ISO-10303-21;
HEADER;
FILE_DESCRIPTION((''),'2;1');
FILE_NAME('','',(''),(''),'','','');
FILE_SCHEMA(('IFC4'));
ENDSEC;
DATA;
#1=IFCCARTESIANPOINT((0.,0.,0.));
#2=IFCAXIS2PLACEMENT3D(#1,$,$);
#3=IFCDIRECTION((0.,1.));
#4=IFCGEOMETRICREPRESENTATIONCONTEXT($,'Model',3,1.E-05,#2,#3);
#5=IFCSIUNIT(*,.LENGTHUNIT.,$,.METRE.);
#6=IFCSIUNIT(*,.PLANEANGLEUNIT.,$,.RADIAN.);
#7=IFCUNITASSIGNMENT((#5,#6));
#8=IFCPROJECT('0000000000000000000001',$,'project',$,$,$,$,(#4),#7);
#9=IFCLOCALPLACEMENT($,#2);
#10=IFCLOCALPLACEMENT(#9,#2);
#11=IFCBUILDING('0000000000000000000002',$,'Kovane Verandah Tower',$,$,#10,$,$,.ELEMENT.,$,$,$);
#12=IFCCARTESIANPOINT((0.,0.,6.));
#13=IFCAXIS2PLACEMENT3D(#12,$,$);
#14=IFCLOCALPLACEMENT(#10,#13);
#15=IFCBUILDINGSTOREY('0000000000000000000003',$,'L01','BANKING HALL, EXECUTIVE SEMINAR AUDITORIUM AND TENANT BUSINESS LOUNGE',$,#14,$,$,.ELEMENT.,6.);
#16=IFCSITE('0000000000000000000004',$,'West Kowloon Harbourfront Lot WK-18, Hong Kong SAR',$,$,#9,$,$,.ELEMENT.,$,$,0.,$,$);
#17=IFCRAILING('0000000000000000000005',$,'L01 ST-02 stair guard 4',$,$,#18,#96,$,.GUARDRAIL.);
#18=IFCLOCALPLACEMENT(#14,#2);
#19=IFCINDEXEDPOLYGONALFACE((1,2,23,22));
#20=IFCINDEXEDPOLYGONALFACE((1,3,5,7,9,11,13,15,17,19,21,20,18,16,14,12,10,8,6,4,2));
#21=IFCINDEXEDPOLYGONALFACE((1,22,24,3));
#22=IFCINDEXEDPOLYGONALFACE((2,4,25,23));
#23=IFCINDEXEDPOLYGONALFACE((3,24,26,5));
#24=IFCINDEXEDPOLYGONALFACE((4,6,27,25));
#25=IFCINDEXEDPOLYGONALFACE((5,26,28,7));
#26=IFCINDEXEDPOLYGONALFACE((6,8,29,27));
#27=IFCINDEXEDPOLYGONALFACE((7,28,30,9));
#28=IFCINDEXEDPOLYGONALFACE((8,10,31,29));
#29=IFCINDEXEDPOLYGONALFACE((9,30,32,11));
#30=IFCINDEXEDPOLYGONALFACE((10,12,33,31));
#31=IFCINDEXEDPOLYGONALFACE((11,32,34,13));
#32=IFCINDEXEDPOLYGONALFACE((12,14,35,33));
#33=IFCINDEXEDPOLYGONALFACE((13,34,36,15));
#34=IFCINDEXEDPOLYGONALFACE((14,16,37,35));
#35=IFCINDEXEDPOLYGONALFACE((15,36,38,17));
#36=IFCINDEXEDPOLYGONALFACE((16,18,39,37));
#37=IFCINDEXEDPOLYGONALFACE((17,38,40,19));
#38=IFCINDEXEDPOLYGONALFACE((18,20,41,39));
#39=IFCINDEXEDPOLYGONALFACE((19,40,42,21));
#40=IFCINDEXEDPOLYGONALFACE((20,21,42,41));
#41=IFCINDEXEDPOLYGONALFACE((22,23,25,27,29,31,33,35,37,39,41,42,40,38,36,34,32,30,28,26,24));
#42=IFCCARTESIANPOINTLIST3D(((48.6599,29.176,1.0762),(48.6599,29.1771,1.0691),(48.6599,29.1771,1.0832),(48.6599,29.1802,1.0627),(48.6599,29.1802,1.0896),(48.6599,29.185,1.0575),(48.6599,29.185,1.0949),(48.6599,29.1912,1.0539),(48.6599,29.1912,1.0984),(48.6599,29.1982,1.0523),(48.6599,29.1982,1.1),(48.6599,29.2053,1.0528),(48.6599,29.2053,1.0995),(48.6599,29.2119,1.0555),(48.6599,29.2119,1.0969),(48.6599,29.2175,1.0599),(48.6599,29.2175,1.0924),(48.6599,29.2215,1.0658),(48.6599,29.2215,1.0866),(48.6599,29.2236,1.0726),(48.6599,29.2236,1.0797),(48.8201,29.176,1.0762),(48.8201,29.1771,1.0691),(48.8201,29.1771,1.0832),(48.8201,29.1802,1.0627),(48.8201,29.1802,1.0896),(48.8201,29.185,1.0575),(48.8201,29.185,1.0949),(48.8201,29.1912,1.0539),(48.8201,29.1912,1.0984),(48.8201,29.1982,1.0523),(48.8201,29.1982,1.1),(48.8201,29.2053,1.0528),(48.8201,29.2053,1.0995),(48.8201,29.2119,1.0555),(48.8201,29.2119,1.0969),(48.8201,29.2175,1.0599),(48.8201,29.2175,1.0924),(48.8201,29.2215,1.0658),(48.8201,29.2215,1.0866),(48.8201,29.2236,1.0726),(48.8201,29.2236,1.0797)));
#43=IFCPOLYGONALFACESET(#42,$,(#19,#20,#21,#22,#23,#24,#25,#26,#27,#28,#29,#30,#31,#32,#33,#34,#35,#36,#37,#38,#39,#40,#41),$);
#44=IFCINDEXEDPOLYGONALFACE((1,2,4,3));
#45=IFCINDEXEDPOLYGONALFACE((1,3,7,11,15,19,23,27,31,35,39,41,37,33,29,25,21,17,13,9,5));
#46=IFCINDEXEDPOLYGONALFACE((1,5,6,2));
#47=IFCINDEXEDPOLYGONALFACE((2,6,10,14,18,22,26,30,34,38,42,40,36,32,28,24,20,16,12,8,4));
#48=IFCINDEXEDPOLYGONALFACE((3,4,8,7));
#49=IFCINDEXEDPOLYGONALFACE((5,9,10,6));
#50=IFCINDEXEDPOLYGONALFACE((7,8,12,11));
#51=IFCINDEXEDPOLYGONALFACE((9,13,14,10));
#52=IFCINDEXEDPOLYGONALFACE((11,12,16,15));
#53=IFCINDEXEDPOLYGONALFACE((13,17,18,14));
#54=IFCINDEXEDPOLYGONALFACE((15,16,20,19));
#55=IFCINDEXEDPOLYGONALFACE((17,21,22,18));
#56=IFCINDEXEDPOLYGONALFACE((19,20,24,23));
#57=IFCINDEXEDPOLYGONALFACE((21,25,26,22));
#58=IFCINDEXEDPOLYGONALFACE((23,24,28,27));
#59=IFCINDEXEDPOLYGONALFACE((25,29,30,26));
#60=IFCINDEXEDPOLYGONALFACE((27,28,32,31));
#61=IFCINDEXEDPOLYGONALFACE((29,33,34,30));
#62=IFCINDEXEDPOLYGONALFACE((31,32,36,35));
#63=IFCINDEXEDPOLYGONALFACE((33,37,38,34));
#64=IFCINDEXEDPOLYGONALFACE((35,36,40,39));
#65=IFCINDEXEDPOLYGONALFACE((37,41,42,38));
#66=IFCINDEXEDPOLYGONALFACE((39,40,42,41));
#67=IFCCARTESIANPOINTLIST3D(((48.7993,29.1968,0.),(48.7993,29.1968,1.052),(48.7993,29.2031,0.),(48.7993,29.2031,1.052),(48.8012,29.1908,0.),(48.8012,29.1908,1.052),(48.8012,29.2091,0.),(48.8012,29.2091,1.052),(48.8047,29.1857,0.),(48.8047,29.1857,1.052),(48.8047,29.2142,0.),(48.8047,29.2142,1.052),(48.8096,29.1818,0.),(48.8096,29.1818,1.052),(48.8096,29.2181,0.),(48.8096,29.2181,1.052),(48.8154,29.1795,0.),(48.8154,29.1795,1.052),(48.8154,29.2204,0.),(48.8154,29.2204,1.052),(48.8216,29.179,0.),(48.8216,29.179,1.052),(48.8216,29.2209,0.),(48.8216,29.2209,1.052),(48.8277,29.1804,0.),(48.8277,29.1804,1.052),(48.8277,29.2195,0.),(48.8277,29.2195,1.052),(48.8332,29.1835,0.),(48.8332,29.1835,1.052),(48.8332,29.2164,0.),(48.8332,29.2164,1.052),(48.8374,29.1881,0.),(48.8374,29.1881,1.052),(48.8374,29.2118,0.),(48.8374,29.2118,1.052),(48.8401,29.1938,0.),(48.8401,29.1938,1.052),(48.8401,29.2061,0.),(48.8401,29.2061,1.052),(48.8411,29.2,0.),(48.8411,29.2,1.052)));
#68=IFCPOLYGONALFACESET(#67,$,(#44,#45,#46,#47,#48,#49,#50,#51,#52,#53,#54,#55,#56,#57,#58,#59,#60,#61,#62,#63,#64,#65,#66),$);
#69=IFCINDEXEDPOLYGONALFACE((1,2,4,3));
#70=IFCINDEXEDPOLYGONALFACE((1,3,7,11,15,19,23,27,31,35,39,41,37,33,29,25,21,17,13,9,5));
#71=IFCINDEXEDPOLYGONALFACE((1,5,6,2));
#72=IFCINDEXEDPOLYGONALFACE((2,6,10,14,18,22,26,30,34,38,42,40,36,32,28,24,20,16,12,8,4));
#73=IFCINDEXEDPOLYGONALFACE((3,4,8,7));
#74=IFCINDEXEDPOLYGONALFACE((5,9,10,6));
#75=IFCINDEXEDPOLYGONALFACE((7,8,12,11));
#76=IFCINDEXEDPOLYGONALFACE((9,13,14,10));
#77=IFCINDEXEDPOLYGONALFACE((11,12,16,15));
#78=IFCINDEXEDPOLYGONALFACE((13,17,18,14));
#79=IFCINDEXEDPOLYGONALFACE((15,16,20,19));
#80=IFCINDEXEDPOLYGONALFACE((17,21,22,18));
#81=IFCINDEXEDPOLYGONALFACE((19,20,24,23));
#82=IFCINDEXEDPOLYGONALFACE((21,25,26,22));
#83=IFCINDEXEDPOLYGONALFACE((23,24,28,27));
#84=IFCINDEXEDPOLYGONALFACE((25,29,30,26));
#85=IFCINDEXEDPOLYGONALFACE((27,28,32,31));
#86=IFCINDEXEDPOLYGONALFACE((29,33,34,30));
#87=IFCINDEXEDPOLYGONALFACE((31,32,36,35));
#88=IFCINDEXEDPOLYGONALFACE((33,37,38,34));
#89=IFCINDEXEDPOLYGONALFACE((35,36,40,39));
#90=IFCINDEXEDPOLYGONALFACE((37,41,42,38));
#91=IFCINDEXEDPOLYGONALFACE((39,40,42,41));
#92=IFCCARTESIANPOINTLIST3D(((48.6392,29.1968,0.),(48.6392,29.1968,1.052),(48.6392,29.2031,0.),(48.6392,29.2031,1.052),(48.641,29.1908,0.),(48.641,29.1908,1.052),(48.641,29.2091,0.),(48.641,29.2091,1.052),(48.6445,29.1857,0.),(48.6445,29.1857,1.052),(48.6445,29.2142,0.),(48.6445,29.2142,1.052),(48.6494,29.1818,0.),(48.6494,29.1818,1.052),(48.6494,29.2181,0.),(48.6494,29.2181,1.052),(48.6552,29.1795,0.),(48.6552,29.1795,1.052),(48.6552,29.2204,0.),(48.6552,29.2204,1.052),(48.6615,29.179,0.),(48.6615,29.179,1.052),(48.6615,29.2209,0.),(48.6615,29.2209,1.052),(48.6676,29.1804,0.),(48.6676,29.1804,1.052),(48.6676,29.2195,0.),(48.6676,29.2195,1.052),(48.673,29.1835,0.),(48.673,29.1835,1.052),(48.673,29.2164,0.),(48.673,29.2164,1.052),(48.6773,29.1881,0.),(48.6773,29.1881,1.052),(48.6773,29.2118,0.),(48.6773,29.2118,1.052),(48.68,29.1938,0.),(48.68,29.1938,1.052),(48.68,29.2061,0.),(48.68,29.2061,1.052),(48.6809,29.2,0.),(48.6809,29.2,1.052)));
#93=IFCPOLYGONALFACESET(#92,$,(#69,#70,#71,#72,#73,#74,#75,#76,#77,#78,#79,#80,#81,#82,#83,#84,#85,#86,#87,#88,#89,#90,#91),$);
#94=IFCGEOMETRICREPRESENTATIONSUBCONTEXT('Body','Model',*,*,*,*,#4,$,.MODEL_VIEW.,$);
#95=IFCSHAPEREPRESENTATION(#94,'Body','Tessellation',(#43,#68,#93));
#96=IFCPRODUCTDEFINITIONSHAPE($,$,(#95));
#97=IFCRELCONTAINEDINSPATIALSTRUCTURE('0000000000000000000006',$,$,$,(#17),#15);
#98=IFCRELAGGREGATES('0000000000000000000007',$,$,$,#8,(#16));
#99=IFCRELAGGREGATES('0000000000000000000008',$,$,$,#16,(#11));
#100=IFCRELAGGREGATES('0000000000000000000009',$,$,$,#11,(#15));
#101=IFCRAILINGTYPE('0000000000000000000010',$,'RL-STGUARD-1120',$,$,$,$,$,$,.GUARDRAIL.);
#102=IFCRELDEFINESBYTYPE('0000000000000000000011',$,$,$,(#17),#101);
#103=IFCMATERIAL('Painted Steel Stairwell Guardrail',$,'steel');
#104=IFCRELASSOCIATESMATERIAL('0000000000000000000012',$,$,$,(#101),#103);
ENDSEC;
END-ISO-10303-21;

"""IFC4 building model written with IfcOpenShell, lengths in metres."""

from ifc_helpers import new_model, si_unit, direction, frame, origin, origin_2d, place, context, subcontext, project, spatial, circle, extrude, material, type_object, element, save


model = new_model("IFC4")

# Units and contexts
model_context = context("Model", 3, precision=1e-05, world=origin(), true_north=direction((0.0, 1.0)))
body_context = subcontext(model_context, "Body", "Model", "MODEL_VIEW")
ifc_project = project(units=[si_unit("LENGTHUNIT", "METRE"), si_unit("PLANEANGLEUNIT", "RADIAN")], contexts=[model_context])

# Site, building, storey
site_placement = place(None, origin())
site = spatial("IfcSite", under=ifc_project, at=site_placement, Name="West Kowloon Harbourfront Lot WK-18, Hong Kong SAR", CompositionType="ELEMENT", RefElevation=0.0)
building_placement = place(site_placement, origin())
building = spatial("IfcBuilding", under=site, at=building_placement, Name="Kovane Verandah Tower", CompositionType="ELEMENT")
storey_placement = place(building_placement, frame((0.0, 0.0, 6.0)))
storey = spatial("IfcBuildingStorey", under=building, at=storey_placement, Name="L01", Description="BANKING HALL, EXECUTIVE SEMINAR AUDITORIUM AND TENANT BUSINESS LOUNGE", CompositionType="ELEMENT", Elevation=6.0)

# Railing
ifc_material_1 = material(Name="Painted Steel Stairwell Guardrail", Category="steel")
railing_type_1 = type_object("IfcRailingType", Name="RL-STGUARD-1120", PredefinedType="GUARDRAIL", material=ifc_material_1)
railing_1_placement = place(storey_placement, frame((48.8201, 29.2, 0.0)))
element("IfcRailing", 1, at=railing_1_placement, inside=storey, type_object=railing_type_1, Name="L01 ST-02 stair guard 4", PredefinedType="GUARDRAIL", context=body_context, shape_type="SweptSolid", body=[
    extrude(circle(Radius=0.0239, at=origin_2d()), frame((0.0, 0.0, 1.0762), z_axis=(-1.0, 0.0, 0.0), x_axis=(0.0, -1.0, 0.0)), (0.0, 0.0, 1.0), 0.1602),
    extrude(circle(Radius=0.021, at=origin_2d()), origin(), (0.0, 0.0, 1.0), 1.052),
    extrude(circle(Radius=0.021, at=origin_2d()), frame((-0.1602, 0.0, 0.0)), (0.0, 0.0, 1.0), 1.052),
])

save(model, "model.ifc")
